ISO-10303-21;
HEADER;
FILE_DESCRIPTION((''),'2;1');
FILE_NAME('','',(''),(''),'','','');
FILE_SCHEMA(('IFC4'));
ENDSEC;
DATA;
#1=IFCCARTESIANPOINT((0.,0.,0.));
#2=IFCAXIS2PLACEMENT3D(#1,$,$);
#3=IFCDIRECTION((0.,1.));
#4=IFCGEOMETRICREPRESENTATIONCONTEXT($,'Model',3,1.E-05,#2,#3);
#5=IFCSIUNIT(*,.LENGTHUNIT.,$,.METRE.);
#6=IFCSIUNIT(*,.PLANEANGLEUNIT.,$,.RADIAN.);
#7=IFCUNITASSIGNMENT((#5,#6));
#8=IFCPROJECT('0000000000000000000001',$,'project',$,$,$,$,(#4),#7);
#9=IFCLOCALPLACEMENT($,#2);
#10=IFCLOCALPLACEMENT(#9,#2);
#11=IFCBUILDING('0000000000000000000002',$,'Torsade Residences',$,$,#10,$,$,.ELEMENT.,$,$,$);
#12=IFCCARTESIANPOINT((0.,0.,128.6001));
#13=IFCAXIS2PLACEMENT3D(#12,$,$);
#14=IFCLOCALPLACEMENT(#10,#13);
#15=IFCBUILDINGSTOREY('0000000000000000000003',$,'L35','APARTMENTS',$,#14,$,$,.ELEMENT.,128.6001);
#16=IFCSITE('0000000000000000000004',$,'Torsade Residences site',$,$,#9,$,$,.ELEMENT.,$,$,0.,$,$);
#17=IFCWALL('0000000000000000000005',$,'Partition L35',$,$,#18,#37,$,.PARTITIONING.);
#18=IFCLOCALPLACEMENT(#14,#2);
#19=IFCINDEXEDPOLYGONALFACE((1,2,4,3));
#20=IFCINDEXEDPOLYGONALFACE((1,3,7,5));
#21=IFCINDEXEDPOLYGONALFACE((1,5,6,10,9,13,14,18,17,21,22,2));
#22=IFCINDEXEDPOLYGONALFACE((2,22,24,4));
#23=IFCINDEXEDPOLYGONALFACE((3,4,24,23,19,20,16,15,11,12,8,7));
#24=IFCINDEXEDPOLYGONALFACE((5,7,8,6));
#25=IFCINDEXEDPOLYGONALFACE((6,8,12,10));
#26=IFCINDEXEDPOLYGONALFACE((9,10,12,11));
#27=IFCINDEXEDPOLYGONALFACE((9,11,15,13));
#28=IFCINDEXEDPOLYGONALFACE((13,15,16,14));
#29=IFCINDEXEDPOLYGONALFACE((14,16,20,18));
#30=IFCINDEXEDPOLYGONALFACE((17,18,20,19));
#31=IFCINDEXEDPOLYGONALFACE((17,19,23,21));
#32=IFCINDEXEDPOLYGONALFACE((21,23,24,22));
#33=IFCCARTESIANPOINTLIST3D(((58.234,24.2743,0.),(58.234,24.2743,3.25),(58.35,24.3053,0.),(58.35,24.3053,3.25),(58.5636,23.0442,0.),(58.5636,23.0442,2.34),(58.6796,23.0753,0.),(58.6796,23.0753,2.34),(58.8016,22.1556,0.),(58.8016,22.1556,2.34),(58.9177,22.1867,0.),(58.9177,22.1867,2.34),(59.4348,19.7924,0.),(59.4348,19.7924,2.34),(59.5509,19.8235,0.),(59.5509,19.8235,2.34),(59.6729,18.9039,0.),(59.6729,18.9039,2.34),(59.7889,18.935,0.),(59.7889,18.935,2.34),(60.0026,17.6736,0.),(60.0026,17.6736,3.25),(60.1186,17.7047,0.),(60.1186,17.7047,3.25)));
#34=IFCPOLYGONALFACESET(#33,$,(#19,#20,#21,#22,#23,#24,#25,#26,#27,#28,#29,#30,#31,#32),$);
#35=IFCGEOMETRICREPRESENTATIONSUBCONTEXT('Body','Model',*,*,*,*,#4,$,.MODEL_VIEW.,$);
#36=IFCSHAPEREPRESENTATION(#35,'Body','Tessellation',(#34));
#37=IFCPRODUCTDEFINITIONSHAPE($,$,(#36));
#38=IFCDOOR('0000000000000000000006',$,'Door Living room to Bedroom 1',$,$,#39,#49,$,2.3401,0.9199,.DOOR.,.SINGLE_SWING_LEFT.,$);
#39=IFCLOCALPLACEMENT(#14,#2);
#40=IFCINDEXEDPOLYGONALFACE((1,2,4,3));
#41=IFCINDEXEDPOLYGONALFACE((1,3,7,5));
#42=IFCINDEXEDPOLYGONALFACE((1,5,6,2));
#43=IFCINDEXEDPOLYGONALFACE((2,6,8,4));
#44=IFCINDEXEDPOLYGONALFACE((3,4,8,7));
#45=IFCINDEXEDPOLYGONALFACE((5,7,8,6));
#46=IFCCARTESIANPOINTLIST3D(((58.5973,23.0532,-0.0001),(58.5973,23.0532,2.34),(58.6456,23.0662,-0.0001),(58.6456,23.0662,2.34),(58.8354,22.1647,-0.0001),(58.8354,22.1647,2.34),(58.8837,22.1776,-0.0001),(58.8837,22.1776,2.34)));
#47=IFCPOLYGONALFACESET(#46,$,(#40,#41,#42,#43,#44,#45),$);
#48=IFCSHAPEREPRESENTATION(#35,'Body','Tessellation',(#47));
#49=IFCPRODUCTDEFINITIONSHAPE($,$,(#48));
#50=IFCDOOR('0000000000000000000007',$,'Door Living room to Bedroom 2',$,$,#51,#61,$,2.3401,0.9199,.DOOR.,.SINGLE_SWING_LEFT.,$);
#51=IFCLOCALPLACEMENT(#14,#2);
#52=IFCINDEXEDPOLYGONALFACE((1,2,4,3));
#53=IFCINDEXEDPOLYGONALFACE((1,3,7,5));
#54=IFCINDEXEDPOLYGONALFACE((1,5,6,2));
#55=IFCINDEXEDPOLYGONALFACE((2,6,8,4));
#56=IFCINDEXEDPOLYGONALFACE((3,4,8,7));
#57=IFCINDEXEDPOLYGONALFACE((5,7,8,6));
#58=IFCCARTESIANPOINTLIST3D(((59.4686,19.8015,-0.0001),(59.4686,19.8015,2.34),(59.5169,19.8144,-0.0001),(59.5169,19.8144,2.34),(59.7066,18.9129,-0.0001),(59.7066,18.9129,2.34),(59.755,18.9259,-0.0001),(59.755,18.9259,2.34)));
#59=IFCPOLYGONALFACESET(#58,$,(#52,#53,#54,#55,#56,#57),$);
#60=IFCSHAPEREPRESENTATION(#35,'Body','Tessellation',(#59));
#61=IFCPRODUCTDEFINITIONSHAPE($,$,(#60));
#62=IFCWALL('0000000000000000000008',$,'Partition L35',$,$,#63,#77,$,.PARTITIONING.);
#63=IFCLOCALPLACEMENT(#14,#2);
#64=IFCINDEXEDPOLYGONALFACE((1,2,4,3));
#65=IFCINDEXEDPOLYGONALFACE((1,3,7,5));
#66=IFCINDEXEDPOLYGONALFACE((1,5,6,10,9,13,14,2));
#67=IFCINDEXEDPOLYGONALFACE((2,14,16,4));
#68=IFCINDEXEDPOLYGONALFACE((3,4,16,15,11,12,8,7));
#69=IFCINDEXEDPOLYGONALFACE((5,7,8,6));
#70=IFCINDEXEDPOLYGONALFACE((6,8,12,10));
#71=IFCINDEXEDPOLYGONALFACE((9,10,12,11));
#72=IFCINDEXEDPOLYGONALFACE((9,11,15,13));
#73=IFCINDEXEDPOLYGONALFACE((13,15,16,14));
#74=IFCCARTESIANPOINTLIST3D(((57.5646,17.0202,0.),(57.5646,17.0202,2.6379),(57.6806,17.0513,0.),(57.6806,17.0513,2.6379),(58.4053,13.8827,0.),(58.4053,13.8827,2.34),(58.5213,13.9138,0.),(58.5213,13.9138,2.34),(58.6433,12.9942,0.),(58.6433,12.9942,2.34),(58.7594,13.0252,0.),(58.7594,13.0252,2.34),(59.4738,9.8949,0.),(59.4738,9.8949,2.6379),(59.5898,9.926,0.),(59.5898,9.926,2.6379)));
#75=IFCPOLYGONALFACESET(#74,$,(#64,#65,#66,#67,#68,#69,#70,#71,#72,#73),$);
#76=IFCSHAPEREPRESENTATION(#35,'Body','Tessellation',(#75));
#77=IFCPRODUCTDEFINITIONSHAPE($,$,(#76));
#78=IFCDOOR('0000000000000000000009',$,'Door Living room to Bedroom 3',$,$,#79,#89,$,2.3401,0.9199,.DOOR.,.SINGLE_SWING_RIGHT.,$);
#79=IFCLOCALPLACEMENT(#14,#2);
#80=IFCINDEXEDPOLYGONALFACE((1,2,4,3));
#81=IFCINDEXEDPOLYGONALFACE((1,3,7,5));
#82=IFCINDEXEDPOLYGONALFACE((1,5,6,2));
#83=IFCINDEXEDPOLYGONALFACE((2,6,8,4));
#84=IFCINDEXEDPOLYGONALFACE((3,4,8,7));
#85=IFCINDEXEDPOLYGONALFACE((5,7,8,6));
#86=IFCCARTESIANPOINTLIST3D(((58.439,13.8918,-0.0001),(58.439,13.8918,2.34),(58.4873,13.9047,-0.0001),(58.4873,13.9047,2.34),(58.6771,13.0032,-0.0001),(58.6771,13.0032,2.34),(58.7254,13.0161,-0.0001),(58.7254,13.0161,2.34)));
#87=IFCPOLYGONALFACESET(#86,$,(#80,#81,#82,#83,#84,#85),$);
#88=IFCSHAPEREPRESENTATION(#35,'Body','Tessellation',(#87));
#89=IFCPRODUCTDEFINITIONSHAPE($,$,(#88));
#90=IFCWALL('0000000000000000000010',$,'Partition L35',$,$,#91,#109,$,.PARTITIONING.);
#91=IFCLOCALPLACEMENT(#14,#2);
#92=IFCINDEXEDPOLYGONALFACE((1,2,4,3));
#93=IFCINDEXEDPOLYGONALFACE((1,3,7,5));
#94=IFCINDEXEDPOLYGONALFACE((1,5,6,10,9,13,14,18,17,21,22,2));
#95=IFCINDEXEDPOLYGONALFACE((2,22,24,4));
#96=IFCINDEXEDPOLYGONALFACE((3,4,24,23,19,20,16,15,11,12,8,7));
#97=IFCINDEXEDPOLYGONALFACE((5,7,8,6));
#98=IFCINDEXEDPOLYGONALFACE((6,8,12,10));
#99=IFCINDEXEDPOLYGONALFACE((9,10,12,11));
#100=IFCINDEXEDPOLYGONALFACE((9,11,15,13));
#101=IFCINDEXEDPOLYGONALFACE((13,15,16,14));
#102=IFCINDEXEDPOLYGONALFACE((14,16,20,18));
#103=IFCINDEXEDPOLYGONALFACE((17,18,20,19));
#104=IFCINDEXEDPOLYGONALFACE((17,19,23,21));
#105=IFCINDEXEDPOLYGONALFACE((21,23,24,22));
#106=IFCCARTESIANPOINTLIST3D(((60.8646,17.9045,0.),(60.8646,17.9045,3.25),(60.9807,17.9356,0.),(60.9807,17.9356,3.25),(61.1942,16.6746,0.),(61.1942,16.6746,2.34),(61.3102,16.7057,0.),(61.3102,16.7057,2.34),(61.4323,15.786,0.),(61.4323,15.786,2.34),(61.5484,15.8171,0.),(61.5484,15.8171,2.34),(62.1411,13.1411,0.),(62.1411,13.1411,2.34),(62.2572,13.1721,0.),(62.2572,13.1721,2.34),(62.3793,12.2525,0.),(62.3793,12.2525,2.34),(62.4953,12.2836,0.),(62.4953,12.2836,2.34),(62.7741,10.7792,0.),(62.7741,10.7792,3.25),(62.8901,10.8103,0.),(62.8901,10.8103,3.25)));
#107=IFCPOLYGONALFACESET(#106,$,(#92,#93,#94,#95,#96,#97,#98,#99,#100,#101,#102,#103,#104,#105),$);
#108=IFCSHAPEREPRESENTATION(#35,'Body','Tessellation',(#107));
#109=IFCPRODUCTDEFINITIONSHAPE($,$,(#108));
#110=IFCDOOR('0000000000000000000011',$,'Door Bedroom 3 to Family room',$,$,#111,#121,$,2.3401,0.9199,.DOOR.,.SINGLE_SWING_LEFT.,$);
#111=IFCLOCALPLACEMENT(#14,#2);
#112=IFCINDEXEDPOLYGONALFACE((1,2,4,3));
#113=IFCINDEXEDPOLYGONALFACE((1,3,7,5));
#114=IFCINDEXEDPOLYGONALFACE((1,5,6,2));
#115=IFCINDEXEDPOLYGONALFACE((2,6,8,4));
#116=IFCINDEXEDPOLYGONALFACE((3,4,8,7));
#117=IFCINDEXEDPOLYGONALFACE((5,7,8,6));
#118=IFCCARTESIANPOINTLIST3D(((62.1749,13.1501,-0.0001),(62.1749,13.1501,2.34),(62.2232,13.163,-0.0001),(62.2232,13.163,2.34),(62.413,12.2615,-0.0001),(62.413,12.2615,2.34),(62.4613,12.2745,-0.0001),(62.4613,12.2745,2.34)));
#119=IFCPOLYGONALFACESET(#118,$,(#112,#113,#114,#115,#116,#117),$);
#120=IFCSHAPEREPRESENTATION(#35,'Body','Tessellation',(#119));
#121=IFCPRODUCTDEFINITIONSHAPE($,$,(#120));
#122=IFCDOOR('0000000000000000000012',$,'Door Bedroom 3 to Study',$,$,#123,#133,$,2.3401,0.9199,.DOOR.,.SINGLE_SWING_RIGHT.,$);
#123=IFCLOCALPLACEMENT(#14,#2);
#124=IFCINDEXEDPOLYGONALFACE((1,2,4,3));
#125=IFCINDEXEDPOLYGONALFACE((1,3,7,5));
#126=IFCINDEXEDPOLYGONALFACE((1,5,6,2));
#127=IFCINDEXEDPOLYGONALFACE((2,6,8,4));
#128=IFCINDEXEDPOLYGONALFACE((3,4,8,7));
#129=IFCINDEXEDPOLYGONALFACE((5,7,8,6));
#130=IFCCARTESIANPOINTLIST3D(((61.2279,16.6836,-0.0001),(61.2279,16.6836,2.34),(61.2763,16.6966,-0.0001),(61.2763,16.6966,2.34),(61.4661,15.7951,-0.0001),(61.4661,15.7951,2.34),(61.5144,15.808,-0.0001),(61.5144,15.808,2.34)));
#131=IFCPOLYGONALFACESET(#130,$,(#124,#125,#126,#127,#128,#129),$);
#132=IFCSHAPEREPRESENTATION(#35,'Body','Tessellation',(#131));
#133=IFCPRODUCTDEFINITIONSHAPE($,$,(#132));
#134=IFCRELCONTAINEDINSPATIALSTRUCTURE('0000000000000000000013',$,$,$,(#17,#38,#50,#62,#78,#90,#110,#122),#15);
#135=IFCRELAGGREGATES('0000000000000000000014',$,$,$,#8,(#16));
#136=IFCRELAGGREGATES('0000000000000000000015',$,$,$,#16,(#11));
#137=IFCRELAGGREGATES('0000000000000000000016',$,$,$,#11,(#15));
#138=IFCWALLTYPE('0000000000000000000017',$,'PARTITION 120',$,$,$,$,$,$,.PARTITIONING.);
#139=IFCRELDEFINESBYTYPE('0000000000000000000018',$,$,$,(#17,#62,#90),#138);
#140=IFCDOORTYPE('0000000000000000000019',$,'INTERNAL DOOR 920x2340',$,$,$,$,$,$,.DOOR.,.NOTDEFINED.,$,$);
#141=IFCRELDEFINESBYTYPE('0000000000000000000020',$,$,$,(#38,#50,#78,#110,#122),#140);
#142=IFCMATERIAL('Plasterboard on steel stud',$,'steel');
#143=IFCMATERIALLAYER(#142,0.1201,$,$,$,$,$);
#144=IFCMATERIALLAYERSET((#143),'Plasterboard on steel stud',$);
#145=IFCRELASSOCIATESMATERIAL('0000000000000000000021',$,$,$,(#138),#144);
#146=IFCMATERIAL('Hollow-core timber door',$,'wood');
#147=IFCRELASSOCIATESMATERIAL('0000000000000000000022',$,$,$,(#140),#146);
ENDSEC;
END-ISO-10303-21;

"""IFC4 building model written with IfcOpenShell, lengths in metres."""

from ifc_helpers import new_model, si_unit, direction, frame, frame_2d, origin, place, context, subcontext, project, spatial, rectangle, extrude, material, layer, layer_set, type_object, element, fill, save


model = new_model("IFC4")

# Units and contexts
model_context = context("Model", 3, precision=1e-05, world=origin(), true_north=direction((0.0, 1.0)))
body_context = subcontext(model_context, "Body", "Model", "MODEL_VIEW")
ifc_project = project(units=[si_unit("LENGTHUNIT", "METRE"), si_unit("PLANEANGLEUNIT", "RADIAN")], contexts=[model_context])

# Site, building, storey
site_placement = place(None, origin())
site = spatial("IfcSite", under=ifc_project, at=site_placement, Name="Torsade Residences site", CompositionType="ELEMENT", RefElevation=0.0)
building_placement = place(site_placement, origin())
building = spatial("IfcBuilding", under=site, at=building_placement, Name="Torsade Residences", CompositionType="ELEMENT")
storey_placement = place(building_placement, frame((0.0, 0.0, 128.6001)))
storey = spatial("IfcBuildingStorey", under=building, at=storey_placement, Name="L35", Description="APARTMENTS", CompositionType="ELEMENT", Elevation=128.6001)

# Shared definitions
ifc_material_1 = material(Name="Plasterboard on steel stud", Category="steel")
ifc_layer_1 = layer(ifc_material_1, 0.1201)
ifc_layer_set_1 = layer_set([ifc_layer_1], Name="Plasterboard on steel stud")
wall_type_1 = type_object("IfcWallType", Name="PARTITION 120", PredefinedType="PARTITIONING", material=ifc_layer_set_1)

# Wall, openings, doors
wall_1_placement = place(storey_placement, frame((58.292, 24.2898, 0.0), z_axis=(0.0, 0.0, 1.0), x_axis=(0.25881, -0.965928, 0.0)))
wall_1 = element("IfcWall", 1, at=wall_1_placement, inside=storey, type_object=wall_type_1, Name="Partition L35", PredefinedType="PARTITIONING", context=body_context, shape_type="SweptSolid", body=[
    extrude(rectangle(XDim=6.8335, YDim=0.1201, at=frame_2d((3.4167, 0.0))), origin(), (0.0, 0.0, 1.0), 3.25),
])
opening_1_placement = place(wall_1_placement, frame((1.2734, 0.0, 0.0)))
opening_1 = element("IfcOpeningElement", 2, at=opening_1_placement, cuts=wall_1, PredefinedType="OPENING", context=body_context, shape_type="SweptSolid", body=[
    extrude(rectangle(XDim=0.9199, YDim=2.3401, at=frame_2d((0.46, 1.1699))), frame((0.0, 0.0701, 0.0), z_axis=(0.0, -1.0, 0.0), x_axis=(1.0, 0.0, 0.0)), (0.0, 0.0, 1.0), 0.1401),
])
opening_2_placement = place(wall_1_placement, frame((4.6399, 0.0, 0.0)))
opening_2 = element("IfcOpeningElement", 3, at=opening_2_placement, cuts=wall_1, PredefinedType="OPENING", context=body_context, shape_type="SweptSolid", body=[
    extrude(rectangle(XDim=0.9199, YDim=2.3401, at=frame_2d((0.46, 1.1699))), frame((0.0, 0.0701, 0.0), z_axis=(0.0, -1.0, 0.0), x_axis=(1.0, 0.0, 0.0)), (0.0, 0.0, 1.0), 0.1401),
])
ifc_material_2 = material(Name="Hollow-core timber door", Category="wood")
door_type_1 = type_object("IfcDoorType", Name="INTERNAL DOOR 920x2340", OperationType="NOTDEFINED", PredefinedType="DOOR", material=ifc_material_2)
door_1_placement = place(opening_1_placement, origin())
door_1 = element("IfcDoor", 4, at=door_1_placement, inside=storey, type_object=door_type_1, Name="Door Living room to Bedroom 1", OperationType="SINGLE_SWING_LEFT", OverallHeight=2.3401, OverallWidth=0.9199, PredefinedType="DOOR", context=body_context, shape_type="SweptSolid", body=[
    extrude(rectangle(XDim=0.9199, YDim=2.3401, at=frame_2d((0.46, 1.1699))), frame((0.0, 0.0249, 0.0), z_axis=(0.0, -1.0, 0.0), x_axis=(1.0, 0.0, 0.0)), (0.0, 0.0, 1.0), 0.05),
])
fill(opening_1, door_1)
door_2_placement = place(opening_2_placement, origin())
door_2 = element("IfcDoor", 5, at=door_2_placement, inside=storey, type_object=door_type_1, Name="Door Living room to Bedroom 2", OperationType="SINGLE_SWING_LEFT", OverallHeight=2.3401, OverallWidth=0.9199, PredefinedType="DOOR", context=body_context, shape_type="SweptSolid", body=[
    extrude(rectangle(XDim=0.9199, YDim=2.3401, at=frame_2d((0.46, 1.1699))), frame((0.0, 0.0249, 0.0), z_axis=(0.0, -1.0, 0.0), x_axis=(1.0, 0.0, 0.0)), (0.0, 0.0, 1.0), 0.05),
])
fill(opening_2, door_2)

# Wall, opening, door
wall_2_placement = place(storey_placement, frame((57.6226, 17.0359, 0.0), z_axis=(0.0, 0.0, 1.0), x_axis=(0.258816, -0.965927, 0.0)))
wall_2 = element("IfcWall", 6, at=wall_2_placement, inside=storey, type_object=wall_type_1, Name="Partition L35", PredefinedType="PARTITIONING", context=body_context, shape_type="SweptSolid", body=[
    extrude(rectangle(XDim=7.3767, YDim=0.1201, at=frame_2d((3.6885, 0.0))), origin(), (0.0, 0.0, 1.0), 2.6379),
])
opening_3_placement = place(wall_2_placement, frame((3.2483, 0.0, 0.0)))
opening_3 = element("IfcOpeningElement", 7, at=opening_3_placement, cuts=wall_2, PredefinedType="OPENING", context=body_context, shape_type="SweptSolid", body=[
    extrude(rectangle(XDim=0.9199, YDim=2.3401, at=frame_2d((0.46, 1.1699))), frame((0.0, 0.0701, 0.0), z_axis=(0.0, -1.0, 0.0), x_axis=(1.0, 0.0, 0.0)), (0.0, 0.0, 1.0), 0.1401),
])
door_3_placement = place(opening_3_placement, origin())
door_3 = element("IfcDoor", 8, at=door_3_placement, inside=storey, type_object=door_type_1, Name="Door Living room to Bedroom 3", OperationType="SINGLE_SWING_RIGHT", OverallHeight=2.3401, OverallWidth=0.9199, PredefinedType="DOOR", context=body_context, shape_type="SweptSolid", body=[
    extrude(rectangle(XDim=0.9199, YDim=2.3401, at=frame_2d((0.46, 1.1699))), frame((0.0, 0.0249, 0.0), z_axis=(0.0, -1.0, 0.0), x_axis=(1.0, 0.0, 0.0)), (0.0, 0.0, 1.0), 0.05),
])
fill(opening_3, door_3)

# Wall, openings, doors
wall_3_placement = place(storey_placement, frame((60.9226, 17.9202, 0.0), z_axis=(0.0, 0.0, 1.0), x_axis=(0.258847, -0.965918, 0.0)))
wall_3 = element("IfcWall", 9, at=wall_3_placement, inside=storey, type_object=wall_type_1, Name="Partition L35", PredefinedType="PARTITIONING", context=body_context, shape_type="SweptSolid", body=[
    extrude(rectangle(XDim=7.3767, YDim=0.1201, at=frame_2d((3.6885, 0.0))), origin(), (0.0, 0.0, 1.0), 3.25),
])
opening_4_placement = place(wall_3_placement, frame((4.9316, 0.0, 0.0)))
opening_4 = element("IfcOpeningElement", 10, at=opening_4_placement, cuts=wall_3, PredefinedType="OPENING", context=body_context, shape_type="SweptSolid", body=[
    extrude(rectangle(XDim=0.9199, YDim=2.3401, at=frame_2d((0.46, 1.1699))), frame((0.0, 0.0701, 0.0), z_axis=(0.0, -1.0, 0.0), x_axis=(1.0, 0.0, 0.0)), (0.0, 0.0, 1.0), 0.1401),
])
opening_5_placement = place(wall_3_placement, frame((1.2734, 0.0, 0.0)))
opening_5 = element("IfcOpeningElement", 11, at=opening_5_placement, cuts=wall_3, PredefinedType="OPENING", context=body_context, shape_type="SweptSolid", body=[
    extrude(rectangle(XDim=0.9199, YDim=2.3401, at=frame_2d((0.46, 1.1699))), frame((0.0, 0.0701, 0.0), z_axis=(0.0, -1.0, 0.0), x_axis=(1.0, 0.0, 0.0)), (0.0, 0.0, 1.0), 0.1401),
])
door_4_placement = place(opening_4_placement, origin())
door_4 = element("IfcDoor", 12, at=door_4_placement, inside=storey, type_object=door_type_1, Name="Door Bedroom 3 to Family room", OperationType="SINGLE_SWING_LEFT", OverallHeight=2.3401, OverallWidth=0.9199, PredefinedType="DOOR", context=body_context, shape_type="SweptSolid", body=[
    extrude(rectangle(XDim=0.9199, YDim=2.3401, at=frame_2d((0.46, 1.1699))), frame((0.0, 0.0249, 0.0), z_axis=(0.0, -1.0, 0.0), x_axis=(1.0, 0.0, 0.0)), (0.0, 0.0, 1.0), 0.05),
])
fill(opening_4, door_4)
door_5_placement = place(opening_5_placement, origin())
door_5 = element("IfcDoor", 13, at=door_5_placement, inside=storey, type_object=door_type_1, Name="Door Bedroom 3 to Study", OperationType="SINGLE_SWING_RIGHT", OverallHeight=2.3401, OverallWidth=0.9199, PredefinedType="DOOR", context=body_context, shape_type="SweptSolid", body=[
    extrude(rectangle(XDim=0.9199, YDim=2.3401, at=frame_2d((0.46, 1.1699))), frame((0.0, 0.0249, 0.0), z_axis=(0.0, -1.0, 0.0), x_axis=(1.0, 0.0, 0.0)), (0.0, 0.0, 1.0), 0.05),
])
fill(opening_5, door_5)

save(model, "model.ifc")
